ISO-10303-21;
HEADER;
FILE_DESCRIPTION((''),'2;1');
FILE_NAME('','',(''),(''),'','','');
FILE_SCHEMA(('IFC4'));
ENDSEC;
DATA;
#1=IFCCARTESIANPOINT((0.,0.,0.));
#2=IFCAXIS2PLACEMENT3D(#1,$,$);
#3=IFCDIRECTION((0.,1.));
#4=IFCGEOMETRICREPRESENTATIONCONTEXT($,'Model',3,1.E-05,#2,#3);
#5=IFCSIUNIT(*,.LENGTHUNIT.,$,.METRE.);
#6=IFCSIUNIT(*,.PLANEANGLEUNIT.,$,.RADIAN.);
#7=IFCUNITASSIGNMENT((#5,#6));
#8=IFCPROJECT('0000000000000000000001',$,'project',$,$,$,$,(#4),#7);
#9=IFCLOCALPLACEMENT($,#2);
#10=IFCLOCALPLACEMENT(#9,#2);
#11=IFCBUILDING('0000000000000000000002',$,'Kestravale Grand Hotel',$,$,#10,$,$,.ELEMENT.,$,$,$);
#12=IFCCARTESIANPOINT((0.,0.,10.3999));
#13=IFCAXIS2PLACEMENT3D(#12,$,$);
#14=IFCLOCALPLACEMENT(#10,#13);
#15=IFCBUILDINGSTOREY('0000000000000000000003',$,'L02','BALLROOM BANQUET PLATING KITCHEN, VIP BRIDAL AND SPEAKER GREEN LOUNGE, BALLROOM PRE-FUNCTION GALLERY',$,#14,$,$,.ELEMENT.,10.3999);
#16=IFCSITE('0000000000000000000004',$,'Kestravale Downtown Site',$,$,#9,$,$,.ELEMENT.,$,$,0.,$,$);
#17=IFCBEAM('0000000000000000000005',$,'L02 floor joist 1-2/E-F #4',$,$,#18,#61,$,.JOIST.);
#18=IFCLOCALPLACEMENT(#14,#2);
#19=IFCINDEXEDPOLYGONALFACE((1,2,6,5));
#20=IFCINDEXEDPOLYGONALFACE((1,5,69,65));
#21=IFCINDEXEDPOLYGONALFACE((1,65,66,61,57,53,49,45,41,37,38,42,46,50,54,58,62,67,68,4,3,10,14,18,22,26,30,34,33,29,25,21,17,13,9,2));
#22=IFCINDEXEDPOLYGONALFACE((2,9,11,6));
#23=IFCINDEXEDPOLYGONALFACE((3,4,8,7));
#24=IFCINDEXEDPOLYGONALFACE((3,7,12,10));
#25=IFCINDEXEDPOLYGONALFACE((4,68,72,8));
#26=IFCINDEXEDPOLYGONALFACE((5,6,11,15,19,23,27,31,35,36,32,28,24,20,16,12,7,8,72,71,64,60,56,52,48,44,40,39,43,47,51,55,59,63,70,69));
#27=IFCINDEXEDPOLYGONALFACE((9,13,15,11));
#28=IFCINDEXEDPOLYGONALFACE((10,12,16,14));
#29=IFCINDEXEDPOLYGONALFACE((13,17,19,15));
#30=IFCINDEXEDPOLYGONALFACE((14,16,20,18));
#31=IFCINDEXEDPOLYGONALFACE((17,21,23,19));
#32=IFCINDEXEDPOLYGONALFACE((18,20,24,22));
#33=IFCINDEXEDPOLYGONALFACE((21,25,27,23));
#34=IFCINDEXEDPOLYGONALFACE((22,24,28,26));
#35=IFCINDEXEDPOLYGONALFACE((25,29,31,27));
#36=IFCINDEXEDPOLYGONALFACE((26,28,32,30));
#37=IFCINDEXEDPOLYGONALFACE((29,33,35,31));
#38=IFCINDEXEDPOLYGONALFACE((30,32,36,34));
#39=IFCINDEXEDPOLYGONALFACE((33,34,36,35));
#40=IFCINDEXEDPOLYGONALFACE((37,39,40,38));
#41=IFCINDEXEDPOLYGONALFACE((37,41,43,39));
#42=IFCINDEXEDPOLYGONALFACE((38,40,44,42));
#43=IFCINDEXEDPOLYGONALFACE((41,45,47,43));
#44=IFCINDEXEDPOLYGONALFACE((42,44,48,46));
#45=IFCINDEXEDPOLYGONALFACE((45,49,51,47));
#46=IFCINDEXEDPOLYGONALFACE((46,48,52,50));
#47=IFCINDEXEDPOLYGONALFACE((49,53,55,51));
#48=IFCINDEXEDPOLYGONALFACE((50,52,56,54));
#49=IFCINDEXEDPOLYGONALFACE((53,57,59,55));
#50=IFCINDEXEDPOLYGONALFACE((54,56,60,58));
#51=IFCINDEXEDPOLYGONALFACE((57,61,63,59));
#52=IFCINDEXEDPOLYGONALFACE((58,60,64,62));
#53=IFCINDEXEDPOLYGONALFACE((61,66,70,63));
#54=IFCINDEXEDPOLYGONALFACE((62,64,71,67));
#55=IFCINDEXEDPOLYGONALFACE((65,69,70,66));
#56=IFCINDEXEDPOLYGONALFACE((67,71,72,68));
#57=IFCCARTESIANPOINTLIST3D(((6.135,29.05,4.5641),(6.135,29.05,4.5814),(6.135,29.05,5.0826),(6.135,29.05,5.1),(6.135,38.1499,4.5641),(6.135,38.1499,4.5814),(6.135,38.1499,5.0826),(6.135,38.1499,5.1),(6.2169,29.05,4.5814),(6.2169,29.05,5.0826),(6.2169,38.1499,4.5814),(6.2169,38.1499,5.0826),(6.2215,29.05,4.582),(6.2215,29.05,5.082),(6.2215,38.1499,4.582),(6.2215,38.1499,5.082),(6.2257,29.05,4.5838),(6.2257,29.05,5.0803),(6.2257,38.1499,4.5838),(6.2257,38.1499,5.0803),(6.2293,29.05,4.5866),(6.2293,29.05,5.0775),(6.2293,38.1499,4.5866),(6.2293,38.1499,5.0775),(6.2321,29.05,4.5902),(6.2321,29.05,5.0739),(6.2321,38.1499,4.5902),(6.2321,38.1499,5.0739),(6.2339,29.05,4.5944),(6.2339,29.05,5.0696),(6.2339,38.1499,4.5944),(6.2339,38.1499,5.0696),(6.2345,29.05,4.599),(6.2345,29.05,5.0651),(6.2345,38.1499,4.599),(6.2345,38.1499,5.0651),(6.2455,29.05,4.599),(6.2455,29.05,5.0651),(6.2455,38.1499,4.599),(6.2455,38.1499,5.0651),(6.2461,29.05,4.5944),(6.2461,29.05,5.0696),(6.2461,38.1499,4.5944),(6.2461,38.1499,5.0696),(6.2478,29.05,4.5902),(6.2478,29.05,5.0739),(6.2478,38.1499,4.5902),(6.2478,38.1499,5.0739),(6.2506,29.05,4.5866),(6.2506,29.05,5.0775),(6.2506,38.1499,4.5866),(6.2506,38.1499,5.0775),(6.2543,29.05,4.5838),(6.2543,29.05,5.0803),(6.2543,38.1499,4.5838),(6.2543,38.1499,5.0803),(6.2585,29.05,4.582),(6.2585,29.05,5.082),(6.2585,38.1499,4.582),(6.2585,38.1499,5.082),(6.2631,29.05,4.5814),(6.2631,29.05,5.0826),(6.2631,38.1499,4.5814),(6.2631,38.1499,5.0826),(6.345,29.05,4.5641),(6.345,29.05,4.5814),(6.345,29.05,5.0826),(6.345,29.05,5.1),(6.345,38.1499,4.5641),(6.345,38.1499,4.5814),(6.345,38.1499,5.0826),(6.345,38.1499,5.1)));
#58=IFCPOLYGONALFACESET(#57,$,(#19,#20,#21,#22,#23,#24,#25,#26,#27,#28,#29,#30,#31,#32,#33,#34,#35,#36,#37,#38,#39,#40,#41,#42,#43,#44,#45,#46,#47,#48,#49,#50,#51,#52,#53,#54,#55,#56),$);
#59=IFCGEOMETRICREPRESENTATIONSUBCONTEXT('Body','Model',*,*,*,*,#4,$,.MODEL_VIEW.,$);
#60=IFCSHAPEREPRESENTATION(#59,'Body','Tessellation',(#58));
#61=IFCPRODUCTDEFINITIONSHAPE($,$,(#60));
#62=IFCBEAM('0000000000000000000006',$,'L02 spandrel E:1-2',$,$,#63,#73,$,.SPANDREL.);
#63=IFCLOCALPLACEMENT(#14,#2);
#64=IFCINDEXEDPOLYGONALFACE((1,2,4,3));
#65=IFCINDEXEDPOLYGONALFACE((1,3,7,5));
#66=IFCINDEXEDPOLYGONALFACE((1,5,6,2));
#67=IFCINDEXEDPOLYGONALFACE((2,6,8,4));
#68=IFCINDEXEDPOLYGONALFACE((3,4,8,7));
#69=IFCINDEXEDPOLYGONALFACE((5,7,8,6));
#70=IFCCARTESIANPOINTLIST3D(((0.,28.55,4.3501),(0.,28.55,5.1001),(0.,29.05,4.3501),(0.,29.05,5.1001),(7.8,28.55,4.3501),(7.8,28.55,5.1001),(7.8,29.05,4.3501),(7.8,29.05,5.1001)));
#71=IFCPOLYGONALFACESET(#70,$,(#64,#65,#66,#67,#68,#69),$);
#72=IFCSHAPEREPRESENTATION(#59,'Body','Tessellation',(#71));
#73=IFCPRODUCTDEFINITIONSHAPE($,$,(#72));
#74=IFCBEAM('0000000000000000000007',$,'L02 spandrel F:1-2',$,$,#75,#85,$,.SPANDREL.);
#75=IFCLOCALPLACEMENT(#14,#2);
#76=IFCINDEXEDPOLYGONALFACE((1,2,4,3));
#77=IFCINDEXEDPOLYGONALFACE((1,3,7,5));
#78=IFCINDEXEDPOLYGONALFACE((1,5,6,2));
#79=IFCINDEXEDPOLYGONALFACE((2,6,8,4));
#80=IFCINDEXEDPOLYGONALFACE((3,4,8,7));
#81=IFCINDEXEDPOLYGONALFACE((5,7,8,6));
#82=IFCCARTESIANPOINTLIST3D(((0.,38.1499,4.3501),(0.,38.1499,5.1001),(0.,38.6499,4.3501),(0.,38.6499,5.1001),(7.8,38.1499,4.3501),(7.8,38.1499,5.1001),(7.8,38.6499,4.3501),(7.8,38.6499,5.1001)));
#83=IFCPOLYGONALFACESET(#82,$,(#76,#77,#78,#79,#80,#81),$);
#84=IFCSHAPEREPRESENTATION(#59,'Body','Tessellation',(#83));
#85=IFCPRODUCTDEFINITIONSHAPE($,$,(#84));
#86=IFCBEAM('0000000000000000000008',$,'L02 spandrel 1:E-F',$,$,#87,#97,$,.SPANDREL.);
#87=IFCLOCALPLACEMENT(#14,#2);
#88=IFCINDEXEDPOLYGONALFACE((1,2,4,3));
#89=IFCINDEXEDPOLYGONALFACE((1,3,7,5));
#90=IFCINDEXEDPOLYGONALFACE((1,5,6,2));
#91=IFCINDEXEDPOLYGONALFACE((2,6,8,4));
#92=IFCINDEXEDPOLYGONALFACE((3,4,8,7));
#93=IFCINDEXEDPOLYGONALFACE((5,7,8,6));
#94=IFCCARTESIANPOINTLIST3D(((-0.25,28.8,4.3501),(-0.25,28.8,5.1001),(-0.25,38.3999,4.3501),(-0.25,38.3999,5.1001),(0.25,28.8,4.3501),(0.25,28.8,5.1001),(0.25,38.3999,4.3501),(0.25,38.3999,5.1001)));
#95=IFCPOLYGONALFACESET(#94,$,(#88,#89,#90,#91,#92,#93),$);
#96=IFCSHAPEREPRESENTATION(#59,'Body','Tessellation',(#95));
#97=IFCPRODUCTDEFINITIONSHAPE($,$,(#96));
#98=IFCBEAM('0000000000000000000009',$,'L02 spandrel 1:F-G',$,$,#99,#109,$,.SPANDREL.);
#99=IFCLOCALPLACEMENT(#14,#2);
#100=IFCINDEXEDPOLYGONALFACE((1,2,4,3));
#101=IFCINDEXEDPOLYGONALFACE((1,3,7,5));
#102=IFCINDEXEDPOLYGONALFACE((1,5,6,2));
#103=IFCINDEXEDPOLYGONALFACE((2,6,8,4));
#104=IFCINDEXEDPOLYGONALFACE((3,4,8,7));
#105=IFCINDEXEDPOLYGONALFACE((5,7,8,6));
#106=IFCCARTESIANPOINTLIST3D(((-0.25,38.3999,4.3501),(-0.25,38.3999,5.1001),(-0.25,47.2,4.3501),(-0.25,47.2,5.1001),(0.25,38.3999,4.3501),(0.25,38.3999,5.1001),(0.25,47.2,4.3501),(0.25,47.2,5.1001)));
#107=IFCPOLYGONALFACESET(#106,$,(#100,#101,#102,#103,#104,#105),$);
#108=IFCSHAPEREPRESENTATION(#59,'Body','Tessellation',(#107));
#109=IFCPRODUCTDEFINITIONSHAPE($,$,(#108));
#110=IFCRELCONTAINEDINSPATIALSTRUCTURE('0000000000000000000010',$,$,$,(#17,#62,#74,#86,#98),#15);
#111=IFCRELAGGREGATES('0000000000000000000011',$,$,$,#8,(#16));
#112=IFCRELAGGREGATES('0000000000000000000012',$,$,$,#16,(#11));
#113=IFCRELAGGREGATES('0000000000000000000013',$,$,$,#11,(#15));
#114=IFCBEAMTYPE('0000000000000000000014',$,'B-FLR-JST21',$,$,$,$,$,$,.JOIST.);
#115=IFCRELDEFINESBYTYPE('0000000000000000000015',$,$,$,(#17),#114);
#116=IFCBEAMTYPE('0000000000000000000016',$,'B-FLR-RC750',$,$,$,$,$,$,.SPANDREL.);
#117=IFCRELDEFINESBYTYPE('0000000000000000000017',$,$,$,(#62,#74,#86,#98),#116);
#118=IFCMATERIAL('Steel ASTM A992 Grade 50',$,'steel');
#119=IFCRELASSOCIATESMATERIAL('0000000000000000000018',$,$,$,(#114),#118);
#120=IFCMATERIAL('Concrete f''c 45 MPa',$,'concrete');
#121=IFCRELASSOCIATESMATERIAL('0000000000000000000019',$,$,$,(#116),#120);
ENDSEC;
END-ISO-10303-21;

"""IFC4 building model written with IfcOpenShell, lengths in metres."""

from ifc_helpers import new_model, si_unit, direction, frame, origin, origin_2d, place, context, subcontext, project, spatial, rectangle, i_section, extrude, material, material_profile, profile_set, type_object, element, save


model = new_model("IFC4")

# Units and contexts
model_context = context("Model", 3, precision=1e-05, world=origin(), true_north=direction((0.0, 1.0)))
body_context = subcontext(model_context, "Body", "Model", "MODEL_VIEW")
ifc_project = project(units=[si_unit("LENGTHUNIT", "METRE"), si_unit("PLANEANGLEUNIT", "RADIAN")], contexts=[model_context])

# Site, building, storey
site_placement = place(None, origin())
site = spatial("IfcSite", under=ifc_project, at=site_placement, Name="Kestravale Downtown Site", CompositionType="ELEMENT", RefElevation=0.0)
building_placement = place(site_placement, origin())
building = spatial("IfcBuilding", under=site, at=building_placement, Name="Kestravale Grand Hotel", CompositionType="ELEMENT")
storey_placement = place(building_placement, frame((0.0, 0.0, 10.3999)))
storey = spatial("IfcBuildingStorey", under=building, at=storey_placement, Name="L02", Description="BALLROOM BANQUET PLATING KITCHEN, VIP BRIDAL AND SPEAKER GREEN LOUNGE, BALLROOM PRE-FUNCTION GALLERY", CompositionType="ELEMENT", Elevation=10.3999)

# Beams
ifc_material_1 = material(Name="Steel ASTM A992 Grade 50", Category="steel")
ifc_material_profile_1 = material_profile(ifc_material_1, i_section(OverallWidth=0.21, OverallDepth=0.5359, WebThickness=0.011, FlangeThickness=0.0173, FilletRadius=0.0176, at=origin_2d()))
ifc_profile_set_1 = profile_set([ifc_material_profile_1], Name="Steel ASTM A992 Grade 50")
beam_type_1 = type_object("IfcBeamType", Name="B-FLR-JST21", PredefinedType="JOIST", material=ifc_profile_set_1)
for number, where, z_axis, x_axis, name in (
    (1, (6.24, 29.05, 4.832), (0.0, 1.0, 0.0), (-1.0, 0.0, 0.0), "L02 floor joist 1-2/E-F #4"),
):
    element("IfcBeam", number, at=place(storey_placement, frame(where, z_axis=z_axis, x_axis=x_axis)), inside=storey, type_object=beam_type_1, Name=name, PredefinedType="JOIST", context=body_context, shape_type="SweptSolid", body=[
        extrude(i_section(OverallWidth=0.21, OverallDepth=0.5359, WebThickness=0.011, FlangeThickness=0.0173, FilletRadius=0.0176, at=origin_2d()), origin(), (0.0, 0.0, 1.0), 9.0999),
    ])
ifc_material_2 = material(Name="Concrete f'c 45 MPa", Category="concrete")
ifc_material_profile_2 = material_profile(ifc_material_2, rectangle(XDim=0.5, YDim=0.75, at=origin_2d()))
ifc_profile_set_2 = profile_set([ifc_material_profile_2], Name="Concrete f'c 45 MPa")
beam_type_2 = type_object("IfcBeamType", Name="B-FLR-RC750", PredefinedType="SPANDREL", material=ifc_profile_set_2)
for number, where, z_axis, x_axis, name in (
    (2, (0.0, 28.8, 4.7251), (1.0, 0.0, 0.0), (0.0, 1.0, 0.0), "L02 spandrel E:1-2"),
    (3, (0.0, 38.3999, 4.7251), (1.0, 0.0, 0.0), (0.0, 1.0, 0.0), "L02 spandrel F:1-2"),
):
    element("IfcBeam", number, at=place(storey_placement, frame(where, z_axis=z_axis, x_axis=x_axis)), inside=storey, type_object=beam_type_2, Name=name, PredefinedType="SPANDREL", context=body_context, shape_type="SweptSolid", body=[
        extrude(rectangle(XDim=0.5, YDim=0.75, at=origin_2d()), origin(), (0.0, 0.0, 1.0), 7.8),
    ])
beam_1_placement = place(storey_placement, frame((0.0, 28.8, 4.7251), z_axis=(0.0, 1.0, 0.0), x_axis=(-1.0, 0.0, 0.0)))
element("IfcBeam", 4, at=beam_1_placement, inside=storey, type_object=beam_type_2, Name="L02 spandrel 1:E-F", PredefinedType="SPANDREL", context=body_context, shape_type="SweptSolid", body=[
    extrude(rectangle(XDim=0.5, YDim=0.75, at=origin_2d()), origin(), (0.0, 0.0, 1.0), 9.5999),
])
beam_2_placement = place(storey_placement, frame((0.0, 38.3999, 4.7251), z_axis=(0.0, 1.0, 0.0), x_axis=(-1.0, 0.0, 0.0)))
element("IfcBeam", 5, at=beam_2_placement, inside=storey, type_object=beam_type_2, Name="L02 spandrel 1:F-G", PredefinedType="SPANDREL", context=body_context, shape_type="SweptSolid", body=[
    extrude(rectangle(XDim=0.5, YDim=0.75, at=origin_2d()), origin(), (0.0, 0.0, 1.0), 8.8),
])

save(model, "model.ifc")
